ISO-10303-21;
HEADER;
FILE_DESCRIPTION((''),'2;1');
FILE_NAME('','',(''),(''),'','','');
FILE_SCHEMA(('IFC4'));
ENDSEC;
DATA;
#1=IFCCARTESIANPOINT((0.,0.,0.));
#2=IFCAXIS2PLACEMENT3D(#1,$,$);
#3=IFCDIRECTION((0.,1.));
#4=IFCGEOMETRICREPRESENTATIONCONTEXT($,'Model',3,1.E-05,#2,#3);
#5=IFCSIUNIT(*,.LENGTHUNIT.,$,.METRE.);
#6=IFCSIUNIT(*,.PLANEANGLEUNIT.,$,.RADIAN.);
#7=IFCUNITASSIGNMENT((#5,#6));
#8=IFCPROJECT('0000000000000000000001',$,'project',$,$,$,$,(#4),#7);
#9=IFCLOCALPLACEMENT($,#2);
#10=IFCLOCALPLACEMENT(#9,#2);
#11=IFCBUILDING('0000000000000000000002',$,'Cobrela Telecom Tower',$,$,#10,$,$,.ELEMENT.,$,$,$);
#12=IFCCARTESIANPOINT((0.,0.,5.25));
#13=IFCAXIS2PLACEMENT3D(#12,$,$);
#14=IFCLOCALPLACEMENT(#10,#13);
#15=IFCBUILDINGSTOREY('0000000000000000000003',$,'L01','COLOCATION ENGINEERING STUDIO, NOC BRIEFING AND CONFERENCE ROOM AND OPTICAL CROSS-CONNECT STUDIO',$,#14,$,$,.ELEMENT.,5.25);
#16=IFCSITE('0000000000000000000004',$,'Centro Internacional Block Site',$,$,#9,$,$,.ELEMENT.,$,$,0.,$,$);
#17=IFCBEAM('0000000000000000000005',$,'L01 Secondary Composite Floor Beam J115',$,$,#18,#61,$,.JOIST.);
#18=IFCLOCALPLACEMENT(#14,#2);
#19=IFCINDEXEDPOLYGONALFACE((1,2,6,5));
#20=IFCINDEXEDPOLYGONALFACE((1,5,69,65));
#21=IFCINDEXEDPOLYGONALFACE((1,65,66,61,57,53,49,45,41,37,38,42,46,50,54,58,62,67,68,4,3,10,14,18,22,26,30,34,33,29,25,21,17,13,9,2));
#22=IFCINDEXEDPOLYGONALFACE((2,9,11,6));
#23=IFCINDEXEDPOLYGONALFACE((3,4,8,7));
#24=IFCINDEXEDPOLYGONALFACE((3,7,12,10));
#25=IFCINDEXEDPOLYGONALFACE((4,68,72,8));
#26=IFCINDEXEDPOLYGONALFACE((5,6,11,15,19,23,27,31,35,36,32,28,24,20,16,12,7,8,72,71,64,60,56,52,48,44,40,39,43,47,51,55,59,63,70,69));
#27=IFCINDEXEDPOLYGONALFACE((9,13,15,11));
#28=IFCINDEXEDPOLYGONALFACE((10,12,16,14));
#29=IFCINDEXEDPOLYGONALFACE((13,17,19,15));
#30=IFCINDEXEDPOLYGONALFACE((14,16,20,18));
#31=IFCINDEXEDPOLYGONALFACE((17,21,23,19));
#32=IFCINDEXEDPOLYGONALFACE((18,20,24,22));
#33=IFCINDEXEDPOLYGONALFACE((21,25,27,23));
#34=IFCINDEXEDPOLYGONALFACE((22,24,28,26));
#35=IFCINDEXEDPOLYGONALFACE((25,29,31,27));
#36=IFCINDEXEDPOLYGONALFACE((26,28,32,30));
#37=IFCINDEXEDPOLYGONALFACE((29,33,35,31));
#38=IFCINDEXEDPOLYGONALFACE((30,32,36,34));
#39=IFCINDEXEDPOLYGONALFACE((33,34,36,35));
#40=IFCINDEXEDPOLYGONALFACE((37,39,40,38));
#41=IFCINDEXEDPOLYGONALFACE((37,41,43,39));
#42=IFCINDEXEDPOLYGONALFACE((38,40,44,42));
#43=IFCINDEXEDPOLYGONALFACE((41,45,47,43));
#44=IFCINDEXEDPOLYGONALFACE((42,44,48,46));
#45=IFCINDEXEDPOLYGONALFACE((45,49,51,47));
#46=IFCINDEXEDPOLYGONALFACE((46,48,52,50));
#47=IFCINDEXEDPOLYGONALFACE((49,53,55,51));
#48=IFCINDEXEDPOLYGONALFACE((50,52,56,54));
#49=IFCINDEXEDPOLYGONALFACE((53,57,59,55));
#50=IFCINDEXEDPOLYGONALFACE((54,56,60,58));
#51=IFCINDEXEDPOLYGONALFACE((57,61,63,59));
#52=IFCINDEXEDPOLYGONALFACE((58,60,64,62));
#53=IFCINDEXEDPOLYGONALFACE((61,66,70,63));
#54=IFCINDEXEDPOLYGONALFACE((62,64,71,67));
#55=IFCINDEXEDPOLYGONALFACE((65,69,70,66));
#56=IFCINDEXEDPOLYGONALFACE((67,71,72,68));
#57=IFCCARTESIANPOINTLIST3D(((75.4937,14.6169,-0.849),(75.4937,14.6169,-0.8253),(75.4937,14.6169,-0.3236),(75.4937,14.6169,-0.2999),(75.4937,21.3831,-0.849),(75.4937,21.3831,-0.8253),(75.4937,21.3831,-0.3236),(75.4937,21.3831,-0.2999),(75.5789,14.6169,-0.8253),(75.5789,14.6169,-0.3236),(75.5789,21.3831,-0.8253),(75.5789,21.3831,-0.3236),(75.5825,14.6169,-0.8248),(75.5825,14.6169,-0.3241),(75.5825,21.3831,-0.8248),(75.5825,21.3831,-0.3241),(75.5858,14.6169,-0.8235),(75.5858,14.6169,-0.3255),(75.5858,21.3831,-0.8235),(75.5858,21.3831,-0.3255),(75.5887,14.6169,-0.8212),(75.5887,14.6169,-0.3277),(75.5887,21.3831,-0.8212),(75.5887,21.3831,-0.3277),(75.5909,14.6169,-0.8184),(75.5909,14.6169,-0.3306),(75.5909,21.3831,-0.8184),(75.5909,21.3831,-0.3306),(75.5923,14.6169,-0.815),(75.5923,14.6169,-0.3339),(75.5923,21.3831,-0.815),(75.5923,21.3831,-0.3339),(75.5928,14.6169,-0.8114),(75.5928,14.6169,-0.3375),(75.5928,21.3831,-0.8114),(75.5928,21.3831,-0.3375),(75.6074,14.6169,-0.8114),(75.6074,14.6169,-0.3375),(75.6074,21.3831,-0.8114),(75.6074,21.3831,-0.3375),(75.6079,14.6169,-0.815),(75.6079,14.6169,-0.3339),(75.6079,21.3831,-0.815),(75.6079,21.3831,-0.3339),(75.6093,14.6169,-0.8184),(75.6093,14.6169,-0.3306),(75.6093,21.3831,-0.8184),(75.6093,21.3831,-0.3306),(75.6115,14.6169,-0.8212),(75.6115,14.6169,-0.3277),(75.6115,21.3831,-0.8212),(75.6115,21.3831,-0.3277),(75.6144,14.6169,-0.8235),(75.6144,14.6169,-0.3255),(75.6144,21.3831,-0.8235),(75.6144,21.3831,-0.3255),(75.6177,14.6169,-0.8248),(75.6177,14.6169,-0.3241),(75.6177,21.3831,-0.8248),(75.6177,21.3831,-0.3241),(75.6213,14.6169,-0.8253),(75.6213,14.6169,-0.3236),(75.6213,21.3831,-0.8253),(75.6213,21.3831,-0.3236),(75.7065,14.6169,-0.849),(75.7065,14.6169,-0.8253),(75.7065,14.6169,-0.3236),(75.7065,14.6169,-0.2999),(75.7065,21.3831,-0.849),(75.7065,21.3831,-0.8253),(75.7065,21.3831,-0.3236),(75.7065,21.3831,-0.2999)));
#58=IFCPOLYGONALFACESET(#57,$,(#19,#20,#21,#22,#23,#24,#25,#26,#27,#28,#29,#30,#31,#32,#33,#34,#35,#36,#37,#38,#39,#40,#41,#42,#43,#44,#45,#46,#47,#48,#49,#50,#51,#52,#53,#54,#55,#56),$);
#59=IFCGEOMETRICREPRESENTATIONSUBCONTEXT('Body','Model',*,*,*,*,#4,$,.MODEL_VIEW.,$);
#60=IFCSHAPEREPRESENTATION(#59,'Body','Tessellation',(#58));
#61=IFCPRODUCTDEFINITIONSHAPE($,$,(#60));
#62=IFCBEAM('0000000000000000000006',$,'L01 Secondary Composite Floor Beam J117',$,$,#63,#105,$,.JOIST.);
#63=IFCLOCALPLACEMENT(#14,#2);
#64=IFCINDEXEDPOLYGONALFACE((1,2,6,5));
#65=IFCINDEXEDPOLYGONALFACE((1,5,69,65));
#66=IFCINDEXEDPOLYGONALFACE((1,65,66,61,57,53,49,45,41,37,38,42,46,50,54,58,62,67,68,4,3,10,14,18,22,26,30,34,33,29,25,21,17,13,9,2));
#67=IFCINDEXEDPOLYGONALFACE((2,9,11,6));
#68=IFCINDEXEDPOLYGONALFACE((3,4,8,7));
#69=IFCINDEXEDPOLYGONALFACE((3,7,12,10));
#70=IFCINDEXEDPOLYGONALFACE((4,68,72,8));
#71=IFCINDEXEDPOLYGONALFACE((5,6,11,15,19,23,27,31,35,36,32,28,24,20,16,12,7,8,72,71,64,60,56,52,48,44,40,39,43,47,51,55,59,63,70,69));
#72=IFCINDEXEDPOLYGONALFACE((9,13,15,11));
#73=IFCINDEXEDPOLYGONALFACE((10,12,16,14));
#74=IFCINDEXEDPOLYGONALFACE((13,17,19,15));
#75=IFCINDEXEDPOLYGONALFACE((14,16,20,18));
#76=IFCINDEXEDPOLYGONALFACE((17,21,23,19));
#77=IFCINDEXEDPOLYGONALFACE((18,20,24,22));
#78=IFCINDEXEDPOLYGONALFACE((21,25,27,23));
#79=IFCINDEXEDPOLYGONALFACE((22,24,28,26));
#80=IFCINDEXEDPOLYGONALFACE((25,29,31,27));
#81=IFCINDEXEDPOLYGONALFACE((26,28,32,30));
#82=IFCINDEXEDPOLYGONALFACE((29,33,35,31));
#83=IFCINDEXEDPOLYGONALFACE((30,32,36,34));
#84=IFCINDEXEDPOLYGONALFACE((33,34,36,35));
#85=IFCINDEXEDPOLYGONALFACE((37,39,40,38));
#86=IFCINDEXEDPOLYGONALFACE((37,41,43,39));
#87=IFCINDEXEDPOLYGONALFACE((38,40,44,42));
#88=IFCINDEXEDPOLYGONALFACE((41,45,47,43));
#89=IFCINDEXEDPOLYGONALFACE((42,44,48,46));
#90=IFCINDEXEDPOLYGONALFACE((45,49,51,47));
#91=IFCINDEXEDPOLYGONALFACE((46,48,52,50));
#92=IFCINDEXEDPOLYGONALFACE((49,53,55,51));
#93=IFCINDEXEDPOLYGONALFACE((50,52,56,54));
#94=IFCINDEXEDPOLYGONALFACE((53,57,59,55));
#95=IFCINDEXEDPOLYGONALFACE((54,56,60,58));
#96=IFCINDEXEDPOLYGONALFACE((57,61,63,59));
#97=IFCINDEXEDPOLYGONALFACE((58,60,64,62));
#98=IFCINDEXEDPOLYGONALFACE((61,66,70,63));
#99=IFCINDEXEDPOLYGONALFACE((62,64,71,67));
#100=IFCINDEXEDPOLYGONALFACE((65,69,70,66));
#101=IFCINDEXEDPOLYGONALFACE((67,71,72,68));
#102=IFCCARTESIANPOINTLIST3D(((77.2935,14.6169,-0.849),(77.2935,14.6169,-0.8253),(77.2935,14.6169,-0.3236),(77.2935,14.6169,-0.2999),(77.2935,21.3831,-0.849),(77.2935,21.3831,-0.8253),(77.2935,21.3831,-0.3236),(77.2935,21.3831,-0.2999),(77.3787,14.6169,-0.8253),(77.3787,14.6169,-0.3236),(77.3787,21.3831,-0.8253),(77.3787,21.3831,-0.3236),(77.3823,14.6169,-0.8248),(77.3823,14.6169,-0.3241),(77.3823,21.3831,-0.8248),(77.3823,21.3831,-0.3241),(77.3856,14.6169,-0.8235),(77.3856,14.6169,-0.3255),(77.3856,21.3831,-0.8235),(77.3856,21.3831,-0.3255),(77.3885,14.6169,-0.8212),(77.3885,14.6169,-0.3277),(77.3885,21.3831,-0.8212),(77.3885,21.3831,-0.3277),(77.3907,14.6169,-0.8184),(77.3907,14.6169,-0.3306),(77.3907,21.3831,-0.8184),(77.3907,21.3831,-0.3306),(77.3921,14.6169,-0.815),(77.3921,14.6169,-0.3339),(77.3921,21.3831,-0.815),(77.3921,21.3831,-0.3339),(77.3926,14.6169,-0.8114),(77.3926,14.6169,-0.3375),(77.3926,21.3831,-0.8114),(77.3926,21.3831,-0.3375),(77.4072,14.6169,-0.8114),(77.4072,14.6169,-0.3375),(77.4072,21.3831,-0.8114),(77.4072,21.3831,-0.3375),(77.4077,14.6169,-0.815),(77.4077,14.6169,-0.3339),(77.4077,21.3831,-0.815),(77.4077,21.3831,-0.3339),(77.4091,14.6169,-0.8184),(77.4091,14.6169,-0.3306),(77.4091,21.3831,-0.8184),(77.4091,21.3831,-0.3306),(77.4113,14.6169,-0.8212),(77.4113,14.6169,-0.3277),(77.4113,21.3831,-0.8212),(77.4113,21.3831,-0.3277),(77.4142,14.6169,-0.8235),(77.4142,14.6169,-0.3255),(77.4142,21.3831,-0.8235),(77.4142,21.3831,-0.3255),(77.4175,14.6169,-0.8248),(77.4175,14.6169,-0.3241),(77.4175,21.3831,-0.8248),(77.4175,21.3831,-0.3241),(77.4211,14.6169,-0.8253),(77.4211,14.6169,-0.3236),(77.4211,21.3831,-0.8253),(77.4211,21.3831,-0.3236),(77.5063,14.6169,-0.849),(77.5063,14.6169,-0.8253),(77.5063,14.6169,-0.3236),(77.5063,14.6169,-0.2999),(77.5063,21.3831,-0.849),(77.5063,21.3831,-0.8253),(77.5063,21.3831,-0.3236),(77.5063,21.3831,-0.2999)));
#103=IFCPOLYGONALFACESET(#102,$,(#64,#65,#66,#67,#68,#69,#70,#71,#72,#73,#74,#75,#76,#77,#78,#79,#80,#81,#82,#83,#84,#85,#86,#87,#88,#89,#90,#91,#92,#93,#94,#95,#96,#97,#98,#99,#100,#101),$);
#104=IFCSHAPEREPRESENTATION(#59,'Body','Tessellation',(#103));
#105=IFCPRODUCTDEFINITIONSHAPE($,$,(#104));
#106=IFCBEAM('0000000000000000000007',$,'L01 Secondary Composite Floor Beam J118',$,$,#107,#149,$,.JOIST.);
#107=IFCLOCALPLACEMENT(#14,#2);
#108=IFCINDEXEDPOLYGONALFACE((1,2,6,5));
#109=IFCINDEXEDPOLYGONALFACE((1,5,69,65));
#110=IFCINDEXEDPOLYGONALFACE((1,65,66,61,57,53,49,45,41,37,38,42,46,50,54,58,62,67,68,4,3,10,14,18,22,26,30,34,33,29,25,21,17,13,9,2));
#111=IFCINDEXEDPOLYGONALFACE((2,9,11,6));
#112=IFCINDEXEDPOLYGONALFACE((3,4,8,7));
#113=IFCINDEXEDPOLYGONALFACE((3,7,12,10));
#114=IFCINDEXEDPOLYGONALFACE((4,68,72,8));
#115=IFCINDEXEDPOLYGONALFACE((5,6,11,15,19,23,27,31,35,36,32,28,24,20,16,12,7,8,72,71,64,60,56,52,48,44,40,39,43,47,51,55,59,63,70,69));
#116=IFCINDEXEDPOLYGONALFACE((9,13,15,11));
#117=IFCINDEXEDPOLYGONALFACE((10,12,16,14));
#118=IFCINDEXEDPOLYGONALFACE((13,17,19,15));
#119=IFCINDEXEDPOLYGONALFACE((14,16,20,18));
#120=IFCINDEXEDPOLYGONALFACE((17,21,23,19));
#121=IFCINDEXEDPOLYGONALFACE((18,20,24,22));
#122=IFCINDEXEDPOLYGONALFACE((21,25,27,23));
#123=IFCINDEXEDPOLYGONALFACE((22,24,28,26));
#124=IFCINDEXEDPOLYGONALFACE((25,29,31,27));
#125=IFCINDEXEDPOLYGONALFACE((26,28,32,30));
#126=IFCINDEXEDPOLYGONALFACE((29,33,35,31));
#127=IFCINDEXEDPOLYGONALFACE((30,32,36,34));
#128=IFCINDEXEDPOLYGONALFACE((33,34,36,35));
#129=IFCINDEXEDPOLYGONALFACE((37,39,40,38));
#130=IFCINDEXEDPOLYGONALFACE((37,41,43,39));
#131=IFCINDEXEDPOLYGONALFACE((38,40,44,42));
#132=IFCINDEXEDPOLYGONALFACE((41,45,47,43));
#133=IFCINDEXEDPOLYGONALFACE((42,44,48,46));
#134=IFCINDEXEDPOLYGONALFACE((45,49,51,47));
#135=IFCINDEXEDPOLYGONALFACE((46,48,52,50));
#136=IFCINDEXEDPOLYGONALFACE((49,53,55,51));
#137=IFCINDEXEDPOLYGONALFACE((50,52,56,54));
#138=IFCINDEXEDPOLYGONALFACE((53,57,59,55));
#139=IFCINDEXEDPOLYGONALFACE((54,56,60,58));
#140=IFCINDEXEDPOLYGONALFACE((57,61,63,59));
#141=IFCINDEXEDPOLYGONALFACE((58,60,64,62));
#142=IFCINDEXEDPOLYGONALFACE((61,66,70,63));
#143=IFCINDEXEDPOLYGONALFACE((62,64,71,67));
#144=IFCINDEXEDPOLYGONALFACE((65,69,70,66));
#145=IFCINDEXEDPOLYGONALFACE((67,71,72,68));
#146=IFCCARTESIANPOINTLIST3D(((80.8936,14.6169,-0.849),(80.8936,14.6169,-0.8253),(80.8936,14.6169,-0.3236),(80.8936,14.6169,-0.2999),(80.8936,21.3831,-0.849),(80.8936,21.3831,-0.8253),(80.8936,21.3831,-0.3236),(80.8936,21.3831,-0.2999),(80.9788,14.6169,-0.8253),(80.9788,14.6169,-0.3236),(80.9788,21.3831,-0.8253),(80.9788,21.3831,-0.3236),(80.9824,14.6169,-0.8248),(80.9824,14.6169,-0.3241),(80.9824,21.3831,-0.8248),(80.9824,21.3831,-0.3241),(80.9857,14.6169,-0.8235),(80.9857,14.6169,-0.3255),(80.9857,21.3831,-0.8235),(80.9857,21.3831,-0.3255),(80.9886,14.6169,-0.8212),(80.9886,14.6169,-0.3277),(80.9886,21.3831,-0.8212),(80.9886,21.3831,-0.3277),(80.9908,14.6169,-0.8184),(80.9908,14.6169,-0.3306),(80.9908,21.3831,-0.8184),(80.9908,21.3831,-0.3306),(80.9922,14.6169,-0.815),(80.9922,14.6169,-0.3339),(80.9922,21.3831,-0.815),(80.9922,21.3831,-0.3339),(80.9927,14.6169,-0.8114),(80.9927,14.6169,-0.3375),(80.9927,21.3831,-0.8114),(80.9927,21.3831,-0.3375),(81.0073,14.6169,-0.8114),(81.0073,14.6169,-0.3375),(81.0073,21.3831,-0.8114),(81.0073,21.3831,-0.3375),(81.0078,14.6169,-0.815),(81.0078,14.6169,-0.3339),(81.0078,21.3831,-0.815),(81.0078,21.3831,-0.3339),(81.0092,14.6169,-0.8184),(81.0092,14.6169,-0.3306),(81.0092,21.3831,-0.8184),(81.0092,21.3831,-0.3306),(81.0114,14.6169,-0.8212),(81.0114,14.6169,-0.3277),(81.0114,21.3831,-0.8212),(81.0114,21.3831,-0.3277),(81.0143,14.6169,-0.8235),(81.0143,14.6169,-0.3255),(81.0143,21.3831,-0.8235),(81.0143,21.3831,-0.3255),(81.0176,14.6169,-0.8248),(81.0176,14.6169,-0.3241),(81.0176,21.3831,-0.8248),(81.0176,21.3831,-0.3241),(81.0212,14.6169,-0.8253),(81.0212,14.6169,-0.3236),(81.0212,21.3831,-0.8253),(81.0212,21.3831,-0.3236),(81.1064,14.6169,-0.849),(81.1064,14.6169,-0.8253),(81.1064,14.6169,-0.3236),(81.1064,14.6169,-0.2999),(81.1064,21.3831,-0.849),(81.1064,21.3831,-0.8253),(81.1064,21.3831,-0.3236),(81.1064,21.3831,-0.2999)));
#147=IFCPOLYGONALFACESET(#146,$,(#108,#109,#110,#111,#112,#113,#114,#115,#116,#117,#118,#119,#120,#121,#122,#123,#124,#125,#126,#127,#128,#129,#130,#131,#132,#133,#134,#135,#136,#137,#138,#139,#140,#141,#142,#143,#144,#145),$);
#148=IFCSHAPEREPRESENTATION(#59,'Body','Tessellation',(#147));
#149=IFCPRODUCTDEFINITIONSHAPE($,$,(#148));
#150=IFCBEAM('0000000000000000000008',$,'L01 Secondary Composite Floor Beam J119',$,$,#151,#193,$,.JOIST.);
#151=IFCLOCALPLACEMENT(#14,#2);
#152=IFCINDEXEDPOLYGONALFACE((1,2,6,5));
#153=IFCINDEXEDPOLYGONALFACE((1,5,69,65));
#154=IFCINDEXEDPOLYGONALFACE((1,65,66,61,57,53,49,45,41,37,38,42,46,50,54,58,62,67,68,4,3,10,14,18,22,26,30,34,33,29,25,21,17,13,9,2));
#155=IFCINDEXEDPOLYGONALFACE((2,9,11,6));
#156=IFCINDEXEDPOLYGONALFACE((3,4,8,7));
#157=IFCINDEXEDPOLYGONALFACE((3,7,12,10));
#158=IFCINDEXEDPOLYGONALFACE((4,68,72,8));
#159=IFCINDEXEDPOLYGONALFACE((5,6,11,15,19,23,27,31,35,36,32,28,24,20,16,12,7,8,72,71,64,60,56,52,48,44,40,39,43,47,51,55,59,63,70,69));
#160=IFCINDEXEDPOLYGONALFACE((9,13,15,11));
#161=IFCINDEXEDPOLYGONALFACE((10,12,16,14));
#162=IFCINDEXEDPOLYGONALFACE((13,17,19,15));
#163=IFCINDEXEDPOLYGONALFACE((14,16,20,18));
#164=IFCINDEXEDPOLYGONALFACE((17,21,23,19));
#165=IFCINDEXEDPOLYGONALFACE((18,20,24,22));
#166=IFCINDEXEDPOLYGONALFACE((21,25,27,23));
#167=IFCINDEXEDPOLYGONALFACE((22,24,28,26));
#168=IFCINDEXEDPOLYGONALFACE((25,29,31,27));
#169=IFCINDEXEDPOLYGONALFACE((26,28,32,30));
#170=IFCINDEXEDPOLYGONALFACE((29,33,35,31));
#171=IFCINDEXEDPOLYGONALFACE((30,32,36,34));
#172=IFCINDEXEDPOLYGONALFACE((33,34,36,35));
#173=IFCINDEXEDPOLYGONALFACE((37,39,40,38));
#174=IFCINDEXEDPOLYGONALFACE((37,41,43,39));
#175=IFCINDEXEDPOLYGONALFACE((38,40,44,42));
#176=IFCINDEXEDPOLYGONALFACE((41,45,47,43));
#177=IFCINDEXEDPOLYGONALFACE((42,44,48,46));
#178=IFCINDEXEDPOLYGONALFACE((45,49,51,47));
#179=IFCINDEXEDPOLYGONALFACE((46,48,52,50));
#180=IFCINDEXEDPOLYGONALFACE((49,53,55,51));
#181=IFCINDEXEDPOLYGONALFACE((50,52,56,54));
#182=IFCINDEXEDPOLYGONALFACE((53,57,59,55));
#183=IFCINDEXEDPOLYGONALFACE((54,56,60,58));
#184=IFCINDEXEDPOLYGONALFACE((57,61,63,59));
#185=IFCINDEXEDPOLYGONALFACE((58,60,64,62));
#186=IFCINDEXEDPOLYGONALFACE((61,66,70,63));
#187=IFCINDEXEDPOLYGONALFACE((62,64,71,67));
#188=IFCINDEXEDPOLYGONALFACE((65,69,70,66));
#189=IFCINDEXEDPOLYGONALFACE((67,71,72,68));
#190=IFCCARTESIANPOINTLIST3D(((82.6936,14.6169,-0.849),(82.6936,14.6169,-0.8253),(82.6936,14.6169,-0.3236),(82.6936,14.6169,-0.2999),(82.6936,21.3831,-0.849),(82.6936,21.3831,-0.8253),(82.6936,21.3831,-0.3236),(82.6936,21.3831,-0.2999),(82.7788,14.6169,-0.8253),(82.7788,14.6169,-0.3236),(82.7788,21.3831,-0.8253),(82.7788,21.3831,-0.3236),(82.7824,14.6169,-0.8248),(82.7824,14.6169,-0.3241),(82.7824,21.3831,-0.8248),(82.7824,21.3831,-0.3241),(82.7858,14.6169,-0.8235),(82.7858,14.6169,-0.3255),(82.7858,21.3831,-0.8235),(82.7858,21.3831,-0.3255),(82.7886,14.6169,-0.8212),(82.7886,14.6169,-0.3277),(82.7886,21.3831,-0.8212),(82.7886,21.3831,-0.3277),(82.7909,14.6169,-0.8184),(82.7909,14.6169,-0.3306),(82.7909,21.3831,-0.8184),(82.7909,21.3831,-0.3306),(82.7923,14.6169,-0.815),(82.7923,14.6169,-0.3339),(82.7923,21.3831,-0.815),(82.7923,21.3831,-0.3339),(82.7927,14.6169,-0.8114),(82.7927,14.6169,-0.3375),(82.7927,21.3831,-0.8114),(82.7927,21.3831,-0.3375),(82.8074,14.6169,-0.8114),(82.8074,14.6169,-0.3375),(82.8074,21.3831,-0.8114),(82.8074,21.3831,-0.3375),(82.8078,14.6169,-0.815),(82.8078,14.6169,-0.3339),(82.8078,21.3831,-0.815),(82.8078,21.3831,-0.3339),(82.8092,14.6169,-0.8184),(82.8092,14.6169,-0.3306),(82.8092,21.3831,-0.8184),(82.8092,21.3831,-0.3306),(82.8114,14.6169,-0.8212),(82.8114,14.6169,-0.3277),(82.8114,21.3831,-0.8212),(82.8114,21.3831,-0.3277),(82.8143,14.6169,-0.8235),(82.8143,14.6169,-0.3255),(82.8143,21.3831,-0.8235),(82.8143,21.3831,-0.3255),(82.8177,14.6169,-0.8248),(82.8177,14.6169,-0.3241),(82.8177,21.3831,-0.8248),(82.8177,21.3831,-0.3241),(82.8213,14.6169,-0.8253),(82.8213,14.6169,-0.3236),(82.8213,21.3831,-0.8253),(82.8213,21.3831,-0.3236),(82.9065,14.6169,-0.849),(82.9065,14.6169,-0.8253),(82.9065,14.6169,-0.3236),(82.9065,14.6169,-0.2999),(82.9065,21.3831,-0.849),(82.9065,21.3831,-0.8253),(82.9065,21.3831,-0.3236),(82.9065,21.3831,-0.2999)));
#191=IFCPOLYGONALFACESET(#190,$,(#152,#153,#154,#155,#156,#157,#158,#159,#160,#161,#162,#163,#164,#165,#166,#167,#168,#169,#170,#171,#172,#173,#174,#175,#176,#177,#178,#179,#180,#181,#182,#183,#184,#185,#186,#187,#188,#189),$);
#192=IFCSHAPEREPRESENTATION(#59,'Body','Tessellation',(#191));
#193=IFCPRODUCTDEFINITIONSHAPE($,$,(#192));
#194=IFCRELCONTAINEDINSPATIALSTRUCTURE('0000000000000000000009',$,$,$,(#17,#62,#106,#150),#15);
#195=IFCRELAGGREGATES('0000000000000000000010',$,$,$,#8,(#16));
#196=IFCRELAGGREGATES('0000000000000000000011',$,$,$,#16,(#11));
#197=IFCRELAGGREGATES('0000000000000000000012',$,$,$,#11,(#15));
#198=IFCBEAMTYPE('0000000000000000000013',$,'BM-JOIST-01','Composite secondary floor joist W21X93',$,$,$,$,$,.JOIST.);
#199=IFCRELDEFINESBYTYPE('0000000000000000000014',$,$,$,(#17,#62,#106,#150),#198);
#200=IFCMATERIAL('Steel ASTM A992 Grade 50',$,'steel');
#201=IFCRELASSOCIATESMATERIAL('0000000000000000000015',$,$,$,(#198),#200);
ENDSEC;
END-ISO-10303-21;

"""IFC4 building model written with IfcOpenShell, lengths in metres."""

from ifc_helpers import new_model, si_unit, direction, frame, origin, origin_2d, place, context, subcontext, project, spatial, i_section, extrude, material, material_profile, profile_set, type_object, element, save


model = new_model("IFC4")

# Units and contexts
model_context = context("Model", 3, precision=1e-05, world=origin(), true_north=direction((0.0, 1.0)))
body_context = subcontext(model_context, "Body", "Model", "MODEL_VIEW")
ifc_project = project(units=[si_unit("LENGTHUNIT", "METRE"), si_unit("PLANEANGLEUNIT", "RADIAN")], contexts=[model_context])

# Site, building, storey
site_placement = place(None, origin())
site = spatial("IfcSite", under=ifc_project, at=site_placement, Name="Centro Internacional Block Site", CompositionType="ELEMENT", RefElevation=0.0)
building_placement = place(site_placement, origin())
building = spatial("IfcBuilding", under=site, at=building_placement, Name="Cobrela Telecom Tower", CompositionType="ELEMENT")
storey_placement = place(building_placement, frame((0.0, 0.0, 5.25)))
storey = spatial("IfcBuildingStorey", under=building, at=storey_placement, Name="L01", Description="COLOCATION ENGINEERING STUDIO, NOC BRIEFING AND CONFERENCE ROOM AND OPTICAL CROSS-CONNECT STUDIO", CompositionType="ELEMENT", Elevation=5.25)

# Beams
ifc_material_1 = material(Name="Steel ASTM A992 Grade 50", Category="steel")
ifc_material_profile_1 = material_profile(ifc_material_1, i_section(OverallWidth=0.2129, OverallDepth=0.5491, WebThickness=0.0146, FlangeThickness=0.0237, FilletRadius=0.0139, at=origin_2d()), Name="W21X93")
ifc_profile_set_1 = profile_set([ifc_material_profile_1], Name="Steel ASTM A992 Grade 50")
beam_type_1 = type_object("IfcBeamType", Name="BM-JOIST-01", Description="Composite secondary floor joist W21X93", PredefinedType="JOIST", material=ifc_profile_set_1)
for number, where, z_axis, x_axis, name in (
    (1, (75.6001, 14.6169, -0.5745), (0.0, 1.0, 0.0), (-1.0, 0.0, 0.0), "L01 Secondary Composite Floor Beam J115"),
    (2, (77.3999, 14.6169, -0.5745), (0.0, 1.0, 0.0), (-1.0, 0.0, 0.0), "L01 Secondary Composite Floor Beam J117"),
    (3, (81.0, 14.6169, -0.5745), (0.0, 1.0, 0.0), (-1.0, 0.0, 0.0), "L01 Secondary Composite Floor Beam J118"),
    (4, (82.8, 14.6169, -0.5745), (0.0, 1.0, 0.0), (-1.0, 0.0, 0.0), "L01 Secondary Composite Floor Beam J119"),
):
    element("IfcBeam", number, at=place(storey_placement, frame(where, z_axis=z_axis, x_axis=x_axis)), inside=storey, type_object=beam_type_1, Name=name, PredefinedType="JOIST", context=body_context, shape_type="SweptSolid", body=[
        extrude(i_section(OverallWidth=0.2129, OverallDepth=0.5491, WebThickness=0.0146, FlangeThickness=0.0237, FilletRadius=0.0139, at=origin_2d()), origin(), (0.0, 0.0, 1.0), 6.7661),
    ])

save(model, "model.ifc")
